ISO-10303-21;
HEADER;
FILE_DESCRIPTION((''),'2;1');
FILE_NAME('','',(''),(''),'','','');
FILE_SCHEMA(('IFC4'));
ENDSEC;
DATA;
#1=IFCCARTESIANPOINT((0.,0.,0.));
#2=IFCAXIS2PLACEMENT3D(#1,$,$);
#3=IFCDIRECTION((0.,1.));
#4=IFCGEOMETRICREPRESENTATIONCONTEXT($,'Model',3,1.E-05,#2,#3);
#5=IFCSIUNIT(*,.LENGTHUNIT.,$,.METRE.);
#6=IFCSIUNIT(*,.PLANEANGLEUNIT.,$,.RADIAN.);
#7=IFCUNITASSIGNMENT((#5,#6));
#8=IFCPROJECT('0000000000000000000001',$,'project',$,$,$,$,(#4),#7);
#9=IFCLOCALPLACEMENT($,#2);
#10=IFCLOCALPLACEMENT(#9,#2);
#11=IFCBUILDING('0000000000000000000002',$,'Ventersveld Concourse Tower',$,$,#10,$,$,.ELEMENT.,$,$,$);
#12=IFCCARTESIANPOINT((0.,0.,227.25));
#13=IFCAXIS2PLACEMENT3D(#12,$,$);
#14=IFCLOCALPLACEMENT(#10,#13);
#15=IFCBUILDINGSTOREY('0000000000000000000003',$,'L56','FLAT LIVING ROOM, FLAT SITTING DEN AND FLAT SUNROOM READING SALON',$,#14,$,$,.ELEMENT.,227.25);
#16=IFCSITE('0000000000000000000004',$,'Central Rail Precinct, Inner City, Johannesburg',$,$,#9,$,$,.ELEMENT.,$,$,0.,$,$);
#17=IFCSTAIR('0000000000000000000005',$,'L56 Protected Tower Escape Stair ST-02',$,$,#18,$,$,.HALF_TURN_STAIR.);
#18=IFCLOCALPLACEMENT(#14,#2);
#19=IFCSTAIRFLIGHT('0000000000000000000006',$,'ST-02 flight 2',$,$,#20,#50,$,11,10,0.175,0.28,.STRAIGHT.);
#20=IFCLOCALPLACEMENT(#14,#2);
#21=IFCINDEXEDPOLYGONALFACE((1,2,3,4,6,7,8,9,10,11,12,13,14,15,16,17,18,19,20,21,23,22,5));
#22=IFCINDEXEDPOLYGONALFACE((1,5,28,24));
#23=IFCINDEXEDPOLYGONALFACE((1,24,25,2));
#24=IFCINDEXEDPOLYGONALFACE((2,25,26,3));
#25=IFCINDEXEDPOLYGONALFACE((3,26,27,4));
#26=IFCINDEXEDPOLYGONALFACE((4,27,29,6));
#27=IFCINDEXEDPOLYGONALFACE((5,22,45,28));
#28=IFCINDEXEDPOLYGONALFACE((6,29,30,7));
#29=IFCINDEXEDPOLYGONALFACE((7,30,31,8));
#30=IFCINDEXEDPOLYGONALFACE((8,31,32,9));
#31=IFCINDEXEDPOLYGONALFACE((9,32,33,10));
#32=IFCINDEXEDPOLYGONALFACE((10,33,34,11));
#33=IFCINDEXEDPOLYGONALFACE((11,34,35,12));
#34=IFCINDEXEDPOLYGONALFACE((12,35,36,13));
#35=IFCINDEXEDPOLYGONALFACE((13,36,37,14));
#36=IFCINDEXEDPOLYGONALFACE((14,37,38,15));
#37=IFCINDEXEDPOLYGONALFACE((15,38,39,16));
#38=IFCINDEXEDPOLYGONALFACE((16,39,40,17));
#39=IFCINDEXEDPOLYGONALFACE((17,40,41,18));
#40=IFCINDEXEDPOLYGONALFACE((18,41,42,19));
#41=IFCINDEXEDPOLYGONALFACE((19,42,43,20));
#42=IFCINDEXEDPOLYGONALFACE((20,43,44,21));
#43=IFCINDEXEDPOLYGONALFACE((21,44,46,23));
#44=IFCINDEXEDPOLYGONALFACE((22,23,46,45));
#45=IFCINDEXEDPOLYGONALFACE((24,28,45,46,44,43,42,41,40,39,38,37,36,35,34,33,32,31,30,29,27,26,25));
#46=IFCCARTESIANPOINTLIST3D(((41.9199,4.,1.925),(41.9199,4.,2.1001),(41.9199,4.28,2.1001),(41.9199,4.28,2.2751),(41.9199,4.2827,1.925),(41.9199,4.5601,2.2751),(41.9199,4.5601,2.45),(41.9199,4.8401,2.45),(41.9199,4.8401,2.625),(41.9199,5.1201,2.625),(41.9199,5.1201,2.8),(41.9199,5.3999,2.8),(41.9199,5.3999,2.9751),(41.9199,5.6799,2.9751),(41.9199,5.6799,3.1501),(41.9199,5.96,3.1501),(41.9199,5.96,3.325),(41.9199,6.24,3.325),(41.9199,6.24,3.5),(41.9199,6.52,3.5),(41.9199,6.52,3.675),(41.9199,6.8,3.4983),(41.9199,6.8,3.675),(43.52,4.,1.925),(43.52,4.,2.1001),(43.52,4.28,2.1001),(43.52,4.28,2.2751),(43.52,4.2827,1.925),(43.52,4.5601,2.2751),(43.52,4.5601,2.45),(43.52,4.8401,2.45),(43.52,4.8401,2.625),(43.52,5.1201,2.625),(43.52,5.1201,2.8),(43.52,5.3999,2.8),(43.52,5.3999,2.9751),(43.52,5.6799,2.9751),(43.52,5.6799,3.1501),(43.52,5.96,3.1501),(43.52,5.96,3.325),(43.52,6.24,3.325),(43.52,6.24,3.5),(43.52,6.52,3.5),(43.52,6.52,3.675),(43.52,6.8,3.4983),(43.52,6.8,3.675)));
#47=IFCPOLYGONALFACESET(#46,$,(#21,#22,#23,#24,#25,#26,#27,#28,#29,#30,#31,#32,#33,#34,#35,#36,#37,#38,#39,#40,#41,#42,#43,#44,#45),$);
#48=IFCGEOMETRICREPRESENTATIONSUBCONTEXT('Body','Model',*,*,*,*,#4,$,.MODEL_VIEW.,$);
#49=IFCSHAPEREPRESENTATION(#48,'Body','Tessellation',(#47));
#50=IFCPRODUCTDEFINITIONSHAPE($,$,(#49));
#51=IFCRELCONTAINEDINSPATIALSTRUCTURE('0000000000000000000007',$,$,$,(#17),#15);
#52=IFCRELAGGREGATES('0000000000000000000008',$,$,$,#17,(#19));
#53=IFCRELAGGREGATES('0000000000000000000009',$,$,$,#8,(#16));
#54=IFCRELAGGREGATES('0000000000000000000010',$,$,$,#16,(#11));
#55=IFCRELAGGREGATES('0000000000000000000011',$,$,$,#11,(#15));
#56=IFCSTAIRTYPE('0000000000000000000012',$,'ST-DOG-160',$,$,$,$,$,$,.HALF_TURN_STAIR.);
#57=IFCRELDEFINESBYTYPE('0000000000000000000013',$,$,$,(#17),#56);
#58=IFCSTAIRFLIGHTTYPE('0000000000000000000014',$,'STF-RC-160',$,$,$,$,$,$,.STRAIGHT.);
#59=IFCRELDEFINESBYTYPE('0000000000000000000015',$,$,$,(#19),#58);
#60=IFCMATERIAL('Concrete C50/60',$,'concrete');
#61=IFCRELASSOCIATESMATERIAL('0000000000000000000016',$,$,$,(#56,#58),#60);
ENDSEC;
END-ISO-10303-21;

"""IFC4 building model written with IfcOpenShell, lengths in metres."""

from ifc_helpers import new_model, si_unit, direction, frame, origin, place, context, subcontext, project, spatial, polyline, outline, extrude, material, type_object, element, aggregate, save


model = new_model("IFC4")

# Units and contexts
model_context = context("Model", 3, precision=1e-05, world=origin(), true_north=direction((0.0, 1.0)))
body_context = subcontext(model_context, "Body", "Model", "MODEL_VIEW")
ifc_project = project(units=[si_unit("LENGTHUNIT", "METRE"), si_unit("PLANEANGLEUNIT", "RADIAN")], contexts=[model_context])

# Site, building, storey
site_placement = place(None, origin())
site = spatial("IfcSite", under=ifc_project, at=site_placement, Name="Central Rail Precinct, Inner City, Johannesburg", CompositionType="ELEMENT", RefElevation=0.0)
building_placement = place(site_placement, origin())
building = spatial("IfcBuilding", under=site, at=building_placement, Name="Ventersveld Concourse Tower", CompositionType="ELEMENT")
storey_placement = place(building_placement, frame((0.0, 0.0, 227.25)))
storey = spatial("IfcBuildingStorey", under=building, at=storey_placement, Name="L56", Description="FLAT LIVING ROOM, FLAT SITTING DEN AND FLAT SUNROOM READING SALON", CompositionType="ELEMENT", Elevation=227.25)

# Shared definitions
ifc_material_1 = material(Name="Concrete C50/60", Category="concrete")

# Stair, stair flight
stair_type = type_object("IfcStairType", Name="ST-DOG-160", PredefinedType="HALF_TURN_STAIR", material=ifc_material_1)
stair_placement = place(storey_placement, origin())
stair = element("IfcStair", 1, at=stair_placement, inside=storey, type_object=stair_type, Name="L56 Protected Tower Escape Stair ST-02", PredefinedType="HALF_TURN_STAIR")
stair_flight_type = type_object("IfcStairFlightType", Name="STF-RC-160", PredefinedType="STRAIGHT", material=ifc_material_1)
stair_flight_1_placement = place(storey_placement, frame((42.72, 4.0, 1.925), z_axis=(0.0, 0.0, 1.0), x_axis=(0.0, 1.0, 0.0)))
stair_flight_1 = element("IfcStairFlight", 2, at=stair_flight_1_placement, type_object=stair_flight_type, Name="ST-02 flight 2", NumberOfRisers=11, NumberOfTreads=10, PredefinedType="STRAIGHT", RiserHeight=0.175, TreadLength=0.28, context=body_context, shape_type="SweptSolid", body=[
    extrude(outline(polyline([(0.0, 0.0), (0.0, 0.175), (0.28, 0.175), (0.28, 0.3501), (0.5601, 0.3501), (0.5601, 0.5249), (0.8401, 0.5249), (0.8401, 0.7), (1.1201, 0.7), (1.1201, 0.875), (1.3999, 0.875), (1.3999, 1.05), (1.6799, 1.05), (1.6799, 1.2251), (1.96, 1.2251), (1.96, 1.3999), (2.24, 1.3999), (2.24, 1.575), (2.52, 1.575), (2.52, 1.75), (2.8, 1.75), (2.8, 1.925), (2.8, 1.5732), (0.2827, 0.0), (0.0, 0.0)])), frame((0.0, 0.8, 0.0), z_axis=(0.0, -1.0, 0.0), x_axis=(1.0, 0.0, 0.0)), (0.0, 0.0, 1.0), 1.6001),
])
aggregate(stair, [stair_flight_1])

save(model, "model.ifc")
